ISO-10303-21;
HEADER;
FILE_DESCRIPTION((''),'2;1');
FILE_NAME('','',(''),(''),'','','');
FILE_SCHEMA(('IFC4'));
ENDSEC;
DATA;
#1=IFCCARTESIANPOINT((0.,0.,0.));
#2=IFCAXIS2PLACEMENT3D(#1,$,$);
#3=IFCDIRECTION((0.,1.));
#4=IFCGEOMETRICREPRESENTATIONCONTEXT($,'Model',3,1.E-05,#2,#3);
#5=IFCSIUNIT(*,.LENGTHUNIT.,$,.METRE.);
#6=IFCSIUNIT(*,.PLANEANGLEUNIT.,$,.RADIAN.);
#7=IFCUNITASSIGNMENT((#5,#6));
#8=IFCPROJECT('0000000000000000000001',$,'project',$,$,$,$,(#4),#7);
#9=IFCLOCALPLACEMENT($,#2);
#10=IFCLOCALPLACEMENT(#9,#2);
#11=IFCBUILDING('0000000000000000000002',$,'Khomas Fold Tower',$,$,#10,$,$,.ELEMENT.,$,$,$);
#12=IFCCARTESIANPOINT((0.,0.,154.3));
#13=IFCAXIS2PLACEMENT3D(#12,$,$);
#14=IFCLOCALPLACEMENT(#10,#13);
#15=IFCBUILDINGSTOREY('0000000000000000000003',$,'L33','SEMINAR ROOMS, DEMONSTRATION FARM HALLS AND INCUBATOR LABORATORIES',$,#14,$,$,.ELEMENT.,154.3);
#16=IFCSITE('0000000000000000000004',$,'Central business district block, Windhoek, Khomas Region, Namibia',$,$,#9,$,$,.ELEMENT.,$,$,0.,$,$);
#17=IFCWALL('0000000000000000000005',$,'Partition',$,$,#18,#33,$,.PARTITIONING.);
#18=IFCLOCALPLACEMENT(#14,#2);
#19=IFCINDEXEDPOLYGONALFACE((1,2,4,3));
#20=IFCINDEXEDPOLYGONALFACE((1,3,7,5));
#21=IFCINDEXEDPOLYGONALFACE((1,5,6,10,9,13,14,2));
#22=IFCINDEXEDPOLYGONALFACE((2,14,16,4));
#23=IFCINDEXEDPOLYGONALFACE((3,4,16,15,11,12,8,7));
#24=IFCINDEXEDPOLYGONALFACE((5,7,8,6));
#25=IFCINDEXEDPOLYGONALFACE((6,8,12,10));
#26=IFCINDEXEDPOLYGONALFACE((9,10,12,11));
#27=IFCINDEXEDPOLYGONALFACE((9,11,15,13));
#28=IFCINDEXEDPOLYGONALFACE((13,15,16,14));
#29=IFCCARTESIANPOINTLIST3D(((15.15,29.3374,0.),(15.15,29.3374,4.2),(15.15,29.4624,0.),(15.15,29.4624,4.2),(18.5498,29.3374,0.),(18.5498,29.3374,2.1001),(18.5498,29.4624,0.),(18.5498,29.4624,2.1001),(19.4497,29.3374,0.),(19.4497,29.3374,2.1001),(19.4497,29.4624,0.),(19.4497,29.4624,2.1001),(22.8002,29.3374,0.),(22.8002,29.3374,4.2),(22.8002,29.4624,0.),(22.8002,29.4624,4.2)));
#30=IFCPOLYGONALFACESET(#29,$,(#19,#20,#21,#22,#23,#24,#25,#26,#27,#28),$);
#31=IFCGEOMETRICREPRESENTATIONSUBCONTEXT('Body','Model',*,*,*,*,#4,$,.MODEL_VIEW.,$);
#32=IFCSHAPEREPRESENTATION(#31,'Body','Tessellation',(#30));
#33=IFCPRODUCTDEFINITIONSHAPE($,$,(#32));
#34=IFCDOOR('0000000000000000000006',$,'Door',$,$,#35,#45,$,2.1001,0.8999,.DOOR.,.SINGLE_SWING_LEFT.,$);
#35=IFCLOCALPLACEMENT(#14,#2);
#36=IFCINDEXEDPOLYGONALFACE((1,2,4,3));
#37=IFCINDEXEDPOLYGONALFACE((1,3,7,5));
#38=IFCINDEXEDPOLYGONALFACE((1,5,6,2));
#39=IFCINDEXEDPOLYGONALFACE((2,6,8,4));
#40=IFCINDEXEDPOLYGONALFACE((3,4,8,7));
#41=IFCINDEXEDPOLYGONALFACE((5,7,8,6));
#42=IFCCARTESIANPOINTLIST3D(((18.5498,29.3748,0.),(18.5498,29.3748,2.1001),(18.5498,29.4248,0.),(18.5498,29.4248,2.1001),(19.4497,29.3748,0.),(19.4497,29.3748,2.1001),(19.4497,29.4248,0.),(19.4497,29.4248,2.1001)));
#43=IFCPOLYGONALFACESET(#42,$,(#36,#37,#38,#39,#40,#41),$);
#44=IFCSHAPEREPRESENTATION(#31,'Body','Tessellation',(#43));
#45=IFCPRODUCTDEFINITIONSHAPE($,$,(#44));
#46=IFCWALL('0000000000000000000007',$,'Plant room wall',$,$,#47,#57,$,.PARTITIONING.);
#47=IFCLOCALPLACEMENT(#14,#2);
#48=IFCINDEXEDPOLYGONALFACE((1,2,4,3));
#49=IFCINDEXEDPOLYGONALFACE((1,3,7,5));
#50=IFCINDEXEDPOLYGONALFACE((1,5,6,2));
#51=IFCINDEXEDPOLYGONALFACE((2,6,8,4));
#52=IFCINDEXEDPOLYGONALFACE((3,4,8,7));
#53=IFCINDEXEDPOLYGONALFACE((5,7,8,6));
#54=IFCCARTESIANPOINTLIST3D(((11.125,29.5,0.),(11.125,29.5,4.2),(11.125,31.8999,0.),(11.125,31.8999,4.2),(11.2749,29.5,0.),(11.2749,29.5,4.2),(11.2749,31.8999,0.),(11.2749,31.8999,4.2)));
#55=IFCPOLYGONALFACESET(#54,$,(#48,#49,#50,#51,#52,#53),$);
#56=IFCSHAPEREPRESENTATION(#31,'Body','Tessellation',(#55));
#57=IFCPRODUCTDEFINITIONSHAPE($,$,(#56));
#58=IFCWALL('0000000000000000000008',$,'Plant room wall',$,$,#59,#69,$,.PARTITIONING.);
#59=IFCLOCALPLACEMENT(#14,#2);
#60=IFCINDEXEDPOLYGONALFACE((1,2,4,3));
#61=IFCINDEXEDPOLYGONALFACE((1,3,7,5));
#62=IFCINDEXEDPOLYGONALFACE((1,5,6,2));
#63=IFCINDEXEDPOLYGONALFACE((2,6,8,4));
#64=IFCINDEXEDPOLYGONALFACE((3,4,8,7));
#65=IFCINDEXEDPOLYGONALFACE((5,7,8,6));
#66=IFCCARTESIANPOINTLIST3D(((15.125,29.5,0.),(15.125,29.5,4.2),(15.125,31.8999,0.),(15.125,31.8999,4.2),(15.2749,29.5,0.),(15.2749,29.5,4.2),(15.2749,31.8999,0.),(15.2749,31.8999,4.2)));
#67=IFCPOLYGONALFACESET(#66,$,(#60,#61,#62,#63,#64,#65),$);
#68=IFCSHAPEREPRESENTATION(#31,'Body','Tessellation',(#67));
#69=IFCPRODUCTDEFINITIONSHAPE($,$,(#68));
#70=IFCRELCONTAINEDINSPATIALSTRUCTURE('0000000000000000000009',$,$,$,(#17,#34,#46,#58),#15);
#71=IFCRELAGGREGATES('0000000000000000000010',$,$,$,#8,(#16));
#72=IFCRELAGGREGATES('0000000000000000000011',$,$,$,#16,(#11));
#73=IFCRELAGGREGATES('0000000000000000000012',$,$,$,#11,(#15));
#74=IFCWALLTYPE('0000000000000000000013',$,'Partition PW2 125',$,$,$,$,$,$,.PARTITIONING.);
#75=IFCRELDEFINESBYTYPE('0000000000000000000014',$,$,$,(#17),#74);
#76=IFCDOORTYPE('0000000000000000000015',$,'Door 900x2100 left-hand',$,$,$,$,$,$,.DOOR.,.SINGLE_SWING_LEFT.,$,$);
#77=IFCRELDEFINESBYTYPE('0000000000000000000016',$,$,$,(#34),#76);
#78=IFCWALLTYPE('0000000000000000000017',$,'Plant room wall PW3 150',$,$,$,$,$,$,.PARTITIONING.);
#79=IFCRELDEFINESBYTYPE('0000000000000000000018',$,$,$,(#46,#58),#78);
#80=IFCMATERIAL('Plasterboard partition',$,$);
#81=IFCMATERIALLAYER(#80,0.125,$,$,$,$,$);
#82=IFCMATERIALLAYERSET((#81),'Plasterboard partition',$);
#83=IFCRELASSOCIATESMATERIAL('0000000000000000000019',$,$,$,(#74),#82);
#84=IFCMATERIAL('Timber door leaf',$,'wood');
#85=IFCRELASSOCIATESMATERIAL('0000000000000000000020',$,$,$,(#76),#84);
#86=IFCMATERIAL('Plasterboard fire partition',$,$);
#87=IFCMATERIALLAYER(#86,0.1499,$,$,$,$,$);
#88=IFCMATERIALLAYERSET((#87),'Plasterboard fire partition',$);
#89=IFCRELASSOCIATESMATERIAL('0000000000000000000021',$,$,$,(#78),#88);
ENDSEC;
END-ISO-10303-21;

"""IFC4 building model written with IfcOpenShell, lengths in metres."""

from ifc_helpers import new_model, si_unit, direction, frame, frame_2d, origin, place, context, subcontext, project, spatial, rectangle, extrude, source, transform, mapped, material, layer, layer_set, type_object, element, fill, save


model = new_model("IFC4")

# Units and contexts
model_context = context("Model", 3, precision=1e-05, world=origin(), true_north=direction((0.0, 1.0)))
body_context = subcontext(model_context, "Body", "Model", "MODEL_VIEW")
ifc_project = project(units=[si_unit("LENGTHUNIT", "METRE"), si_unit("PLANEANGLEUNIT", "RADIAN")], contexts=[model_context])

# Site, building, storey
site_placement = place(None, origin())
site = spatial("IfcSite", under=ifc_project, at=site_placement, Name="Central business district block, Windhoek, Khomas Region, Namibia", CompositionType="ELEMENT", RefElevation=0.0)
building_placement = place(site_placement, origin())
building = spatial("IfcBuilding", under=site, at=building_placement, Name="Khomas Fold Tower", CompositionType="ELEMENT")
storey_placement = place(building_placement, frame((0.0, 0.0, 154.3)))
storey = spatial("IfcBuildingStorey", under=building, at=storey_placement, Name="L33", Description="SEMINAR ROOMS, DEMONSTRATION FARM HALLS AND INCUBATOR LABORATORIES", CompositionType="ELEMENT", Elevation=154.3)

# Shared definitions
ifc_material_1 = material(Name="Plasterboard partition")
ifc_layer_1 = layer(ifc_material_1, 0.125)
ifc_layer_set_1 = layer_set([ifc_layer_1], Name="Plasterboard partition")
wall_type_1 = type_object("IfcWallType", Name="Partition PW2 125", PredefinedType="PARTITIONING", material=ifc_layer_set_1)
shared_shape_1 = source(origin(), body_context, "Body", "SweptSolid", [
    extrude(rectangle(XDim=0.8999, YDim=2.1001, at=frame_2d((0.45, 1.05))), frame((0.0, 0.0725, 0.0), z_axis=(0.0, -1.0, 0.0), x_axis=(1.0, 0.0, 0.0)), (0.0, 0.0, 1.0), 0.145),
])
shared_shape_2 = source(origin(), body_context, "Body", "SweptSolid", [
    extrude(rectangle(XDim=0.8999, YDim=2.1001, at=frame_2d((0.45, 1.05))), frame((0.0, 0.0249, 0.0), z_axis=(0.0, -1.0, 0.0), x_axis=(1.0, 0.0, 0.0)), (0.0, 0.0, 1.0), 0.05),
])

# Wall, opening, door
ifc_material_2 = material(Name="Timber door leaf", Category="wood")
door_type_1 = type_object("IfcDoorType", Name="Door 900x2100 left-hand", OperationType="SINGLE_SWING_LEFT", PredefinedType="DOOR", material=ifc_material_2)
ifc_material_3 = material(Name="Plasterboard fire partition")
ifc_layer_2 = layer(ifc_material_3, 0.1499)
ifc_layer_set_2 = layer_set([ifc_layer_2], Name="Plasterboard fire partition")
wall_type_2 = type_object("IfcWallType", Name="Plant room wall PW3 150", PredefinedType="PARTITIONING", material=ifc_layer_set_2)
shared_shape_3 = source(origin(), body_context, "Body", "SweptSolid", [
    extrude(rectangle(XDim=7.6501, YDim=0.125, at=frame_2d((3.8252, 0.0))), origin(), (0.0, 0.0, 1.0), 4.2),
])
wall_1_placement = place(storey_placement, frame((15.1499, 29.3999, 0.0), z_axis=(0.0, 0.0, 1.0), x_axis=(1.0, 0.0, 0.0)))
wall_1 = element("IfcWall", 1, at=wall_1_placement, inside=storey, type_object=wall_type_1, Name="Partition", PredefinedType="PARTITIONING", context=body_context, shape_type="MappedRepresentation", body=[
    mapped(shared_shape_3, transform((0.0, 0.0, 0.0))),
])
opening_1_placement = place(wall_1_placement, frame((3.3999, 0.0, 0.0)))
opening_1 = element("IfcOpeningElement", 2, at=opening_1_placement, cuts=wall_1, PredefinedType="OPENING", context=body_context, shape_type="MappedRepresentation", body=[
    mapped(shared_shape_1, transform((0.0, 0.0, 0.0))),
])
door_1_placement = place(opening_1_placement, origin())
door_1 = element("IfcDoor", 3, at=door_1_placement, inside=storey, type_object=door_type_1, Name="Door", OperationType="SINGLE_SWING_LEFT", OverallHeight=2.1001, OverallWidth=0.8999, PredefinedType="DOOR", context=body_context, shape_type="MappedRepresentation", body=[
    mapped(shared_shape_2, transform((0.0, 0.0, 0.0))),
])
fill(opening_1, door_1)

# Walls
shared_shape_4 = source(origin(), body_context, "Body", "SweptSolid", [
    extrude(rectangle(XDim=2.3999, YDim=0.1499, at=frame_2d((1.2, 0.0))), origin(), (0.0, 0.0, 1.0), 4.2),
])
for number, where, z_axis, x_axis, name in (
    (4, (11.2, 29.5, 0.0), (0.0, 0.0, 1.0), (0.0, 1.0, 0.0), "Plant room wall"),
    (5, (15.2, 29.5, 0.0), (0.0, 0.0, 1.0), (0.0, 1.0, 0.0), "Plant room wall"),
):
    element("IfcWall", number, at=place(storey_placement, frame(where, z_axis=z_axis, x_axis=x_axis)), inside=storey, type_object=wall_type_2, Name=name, PredefinedType="PARTITIONING", context=body_context, shape_type="MappedRepresentation", body=[
        mapped(shared_shape_4, transform((0.0, 0.0, 0.0))),
    ])

save(model, "model.ifc")
